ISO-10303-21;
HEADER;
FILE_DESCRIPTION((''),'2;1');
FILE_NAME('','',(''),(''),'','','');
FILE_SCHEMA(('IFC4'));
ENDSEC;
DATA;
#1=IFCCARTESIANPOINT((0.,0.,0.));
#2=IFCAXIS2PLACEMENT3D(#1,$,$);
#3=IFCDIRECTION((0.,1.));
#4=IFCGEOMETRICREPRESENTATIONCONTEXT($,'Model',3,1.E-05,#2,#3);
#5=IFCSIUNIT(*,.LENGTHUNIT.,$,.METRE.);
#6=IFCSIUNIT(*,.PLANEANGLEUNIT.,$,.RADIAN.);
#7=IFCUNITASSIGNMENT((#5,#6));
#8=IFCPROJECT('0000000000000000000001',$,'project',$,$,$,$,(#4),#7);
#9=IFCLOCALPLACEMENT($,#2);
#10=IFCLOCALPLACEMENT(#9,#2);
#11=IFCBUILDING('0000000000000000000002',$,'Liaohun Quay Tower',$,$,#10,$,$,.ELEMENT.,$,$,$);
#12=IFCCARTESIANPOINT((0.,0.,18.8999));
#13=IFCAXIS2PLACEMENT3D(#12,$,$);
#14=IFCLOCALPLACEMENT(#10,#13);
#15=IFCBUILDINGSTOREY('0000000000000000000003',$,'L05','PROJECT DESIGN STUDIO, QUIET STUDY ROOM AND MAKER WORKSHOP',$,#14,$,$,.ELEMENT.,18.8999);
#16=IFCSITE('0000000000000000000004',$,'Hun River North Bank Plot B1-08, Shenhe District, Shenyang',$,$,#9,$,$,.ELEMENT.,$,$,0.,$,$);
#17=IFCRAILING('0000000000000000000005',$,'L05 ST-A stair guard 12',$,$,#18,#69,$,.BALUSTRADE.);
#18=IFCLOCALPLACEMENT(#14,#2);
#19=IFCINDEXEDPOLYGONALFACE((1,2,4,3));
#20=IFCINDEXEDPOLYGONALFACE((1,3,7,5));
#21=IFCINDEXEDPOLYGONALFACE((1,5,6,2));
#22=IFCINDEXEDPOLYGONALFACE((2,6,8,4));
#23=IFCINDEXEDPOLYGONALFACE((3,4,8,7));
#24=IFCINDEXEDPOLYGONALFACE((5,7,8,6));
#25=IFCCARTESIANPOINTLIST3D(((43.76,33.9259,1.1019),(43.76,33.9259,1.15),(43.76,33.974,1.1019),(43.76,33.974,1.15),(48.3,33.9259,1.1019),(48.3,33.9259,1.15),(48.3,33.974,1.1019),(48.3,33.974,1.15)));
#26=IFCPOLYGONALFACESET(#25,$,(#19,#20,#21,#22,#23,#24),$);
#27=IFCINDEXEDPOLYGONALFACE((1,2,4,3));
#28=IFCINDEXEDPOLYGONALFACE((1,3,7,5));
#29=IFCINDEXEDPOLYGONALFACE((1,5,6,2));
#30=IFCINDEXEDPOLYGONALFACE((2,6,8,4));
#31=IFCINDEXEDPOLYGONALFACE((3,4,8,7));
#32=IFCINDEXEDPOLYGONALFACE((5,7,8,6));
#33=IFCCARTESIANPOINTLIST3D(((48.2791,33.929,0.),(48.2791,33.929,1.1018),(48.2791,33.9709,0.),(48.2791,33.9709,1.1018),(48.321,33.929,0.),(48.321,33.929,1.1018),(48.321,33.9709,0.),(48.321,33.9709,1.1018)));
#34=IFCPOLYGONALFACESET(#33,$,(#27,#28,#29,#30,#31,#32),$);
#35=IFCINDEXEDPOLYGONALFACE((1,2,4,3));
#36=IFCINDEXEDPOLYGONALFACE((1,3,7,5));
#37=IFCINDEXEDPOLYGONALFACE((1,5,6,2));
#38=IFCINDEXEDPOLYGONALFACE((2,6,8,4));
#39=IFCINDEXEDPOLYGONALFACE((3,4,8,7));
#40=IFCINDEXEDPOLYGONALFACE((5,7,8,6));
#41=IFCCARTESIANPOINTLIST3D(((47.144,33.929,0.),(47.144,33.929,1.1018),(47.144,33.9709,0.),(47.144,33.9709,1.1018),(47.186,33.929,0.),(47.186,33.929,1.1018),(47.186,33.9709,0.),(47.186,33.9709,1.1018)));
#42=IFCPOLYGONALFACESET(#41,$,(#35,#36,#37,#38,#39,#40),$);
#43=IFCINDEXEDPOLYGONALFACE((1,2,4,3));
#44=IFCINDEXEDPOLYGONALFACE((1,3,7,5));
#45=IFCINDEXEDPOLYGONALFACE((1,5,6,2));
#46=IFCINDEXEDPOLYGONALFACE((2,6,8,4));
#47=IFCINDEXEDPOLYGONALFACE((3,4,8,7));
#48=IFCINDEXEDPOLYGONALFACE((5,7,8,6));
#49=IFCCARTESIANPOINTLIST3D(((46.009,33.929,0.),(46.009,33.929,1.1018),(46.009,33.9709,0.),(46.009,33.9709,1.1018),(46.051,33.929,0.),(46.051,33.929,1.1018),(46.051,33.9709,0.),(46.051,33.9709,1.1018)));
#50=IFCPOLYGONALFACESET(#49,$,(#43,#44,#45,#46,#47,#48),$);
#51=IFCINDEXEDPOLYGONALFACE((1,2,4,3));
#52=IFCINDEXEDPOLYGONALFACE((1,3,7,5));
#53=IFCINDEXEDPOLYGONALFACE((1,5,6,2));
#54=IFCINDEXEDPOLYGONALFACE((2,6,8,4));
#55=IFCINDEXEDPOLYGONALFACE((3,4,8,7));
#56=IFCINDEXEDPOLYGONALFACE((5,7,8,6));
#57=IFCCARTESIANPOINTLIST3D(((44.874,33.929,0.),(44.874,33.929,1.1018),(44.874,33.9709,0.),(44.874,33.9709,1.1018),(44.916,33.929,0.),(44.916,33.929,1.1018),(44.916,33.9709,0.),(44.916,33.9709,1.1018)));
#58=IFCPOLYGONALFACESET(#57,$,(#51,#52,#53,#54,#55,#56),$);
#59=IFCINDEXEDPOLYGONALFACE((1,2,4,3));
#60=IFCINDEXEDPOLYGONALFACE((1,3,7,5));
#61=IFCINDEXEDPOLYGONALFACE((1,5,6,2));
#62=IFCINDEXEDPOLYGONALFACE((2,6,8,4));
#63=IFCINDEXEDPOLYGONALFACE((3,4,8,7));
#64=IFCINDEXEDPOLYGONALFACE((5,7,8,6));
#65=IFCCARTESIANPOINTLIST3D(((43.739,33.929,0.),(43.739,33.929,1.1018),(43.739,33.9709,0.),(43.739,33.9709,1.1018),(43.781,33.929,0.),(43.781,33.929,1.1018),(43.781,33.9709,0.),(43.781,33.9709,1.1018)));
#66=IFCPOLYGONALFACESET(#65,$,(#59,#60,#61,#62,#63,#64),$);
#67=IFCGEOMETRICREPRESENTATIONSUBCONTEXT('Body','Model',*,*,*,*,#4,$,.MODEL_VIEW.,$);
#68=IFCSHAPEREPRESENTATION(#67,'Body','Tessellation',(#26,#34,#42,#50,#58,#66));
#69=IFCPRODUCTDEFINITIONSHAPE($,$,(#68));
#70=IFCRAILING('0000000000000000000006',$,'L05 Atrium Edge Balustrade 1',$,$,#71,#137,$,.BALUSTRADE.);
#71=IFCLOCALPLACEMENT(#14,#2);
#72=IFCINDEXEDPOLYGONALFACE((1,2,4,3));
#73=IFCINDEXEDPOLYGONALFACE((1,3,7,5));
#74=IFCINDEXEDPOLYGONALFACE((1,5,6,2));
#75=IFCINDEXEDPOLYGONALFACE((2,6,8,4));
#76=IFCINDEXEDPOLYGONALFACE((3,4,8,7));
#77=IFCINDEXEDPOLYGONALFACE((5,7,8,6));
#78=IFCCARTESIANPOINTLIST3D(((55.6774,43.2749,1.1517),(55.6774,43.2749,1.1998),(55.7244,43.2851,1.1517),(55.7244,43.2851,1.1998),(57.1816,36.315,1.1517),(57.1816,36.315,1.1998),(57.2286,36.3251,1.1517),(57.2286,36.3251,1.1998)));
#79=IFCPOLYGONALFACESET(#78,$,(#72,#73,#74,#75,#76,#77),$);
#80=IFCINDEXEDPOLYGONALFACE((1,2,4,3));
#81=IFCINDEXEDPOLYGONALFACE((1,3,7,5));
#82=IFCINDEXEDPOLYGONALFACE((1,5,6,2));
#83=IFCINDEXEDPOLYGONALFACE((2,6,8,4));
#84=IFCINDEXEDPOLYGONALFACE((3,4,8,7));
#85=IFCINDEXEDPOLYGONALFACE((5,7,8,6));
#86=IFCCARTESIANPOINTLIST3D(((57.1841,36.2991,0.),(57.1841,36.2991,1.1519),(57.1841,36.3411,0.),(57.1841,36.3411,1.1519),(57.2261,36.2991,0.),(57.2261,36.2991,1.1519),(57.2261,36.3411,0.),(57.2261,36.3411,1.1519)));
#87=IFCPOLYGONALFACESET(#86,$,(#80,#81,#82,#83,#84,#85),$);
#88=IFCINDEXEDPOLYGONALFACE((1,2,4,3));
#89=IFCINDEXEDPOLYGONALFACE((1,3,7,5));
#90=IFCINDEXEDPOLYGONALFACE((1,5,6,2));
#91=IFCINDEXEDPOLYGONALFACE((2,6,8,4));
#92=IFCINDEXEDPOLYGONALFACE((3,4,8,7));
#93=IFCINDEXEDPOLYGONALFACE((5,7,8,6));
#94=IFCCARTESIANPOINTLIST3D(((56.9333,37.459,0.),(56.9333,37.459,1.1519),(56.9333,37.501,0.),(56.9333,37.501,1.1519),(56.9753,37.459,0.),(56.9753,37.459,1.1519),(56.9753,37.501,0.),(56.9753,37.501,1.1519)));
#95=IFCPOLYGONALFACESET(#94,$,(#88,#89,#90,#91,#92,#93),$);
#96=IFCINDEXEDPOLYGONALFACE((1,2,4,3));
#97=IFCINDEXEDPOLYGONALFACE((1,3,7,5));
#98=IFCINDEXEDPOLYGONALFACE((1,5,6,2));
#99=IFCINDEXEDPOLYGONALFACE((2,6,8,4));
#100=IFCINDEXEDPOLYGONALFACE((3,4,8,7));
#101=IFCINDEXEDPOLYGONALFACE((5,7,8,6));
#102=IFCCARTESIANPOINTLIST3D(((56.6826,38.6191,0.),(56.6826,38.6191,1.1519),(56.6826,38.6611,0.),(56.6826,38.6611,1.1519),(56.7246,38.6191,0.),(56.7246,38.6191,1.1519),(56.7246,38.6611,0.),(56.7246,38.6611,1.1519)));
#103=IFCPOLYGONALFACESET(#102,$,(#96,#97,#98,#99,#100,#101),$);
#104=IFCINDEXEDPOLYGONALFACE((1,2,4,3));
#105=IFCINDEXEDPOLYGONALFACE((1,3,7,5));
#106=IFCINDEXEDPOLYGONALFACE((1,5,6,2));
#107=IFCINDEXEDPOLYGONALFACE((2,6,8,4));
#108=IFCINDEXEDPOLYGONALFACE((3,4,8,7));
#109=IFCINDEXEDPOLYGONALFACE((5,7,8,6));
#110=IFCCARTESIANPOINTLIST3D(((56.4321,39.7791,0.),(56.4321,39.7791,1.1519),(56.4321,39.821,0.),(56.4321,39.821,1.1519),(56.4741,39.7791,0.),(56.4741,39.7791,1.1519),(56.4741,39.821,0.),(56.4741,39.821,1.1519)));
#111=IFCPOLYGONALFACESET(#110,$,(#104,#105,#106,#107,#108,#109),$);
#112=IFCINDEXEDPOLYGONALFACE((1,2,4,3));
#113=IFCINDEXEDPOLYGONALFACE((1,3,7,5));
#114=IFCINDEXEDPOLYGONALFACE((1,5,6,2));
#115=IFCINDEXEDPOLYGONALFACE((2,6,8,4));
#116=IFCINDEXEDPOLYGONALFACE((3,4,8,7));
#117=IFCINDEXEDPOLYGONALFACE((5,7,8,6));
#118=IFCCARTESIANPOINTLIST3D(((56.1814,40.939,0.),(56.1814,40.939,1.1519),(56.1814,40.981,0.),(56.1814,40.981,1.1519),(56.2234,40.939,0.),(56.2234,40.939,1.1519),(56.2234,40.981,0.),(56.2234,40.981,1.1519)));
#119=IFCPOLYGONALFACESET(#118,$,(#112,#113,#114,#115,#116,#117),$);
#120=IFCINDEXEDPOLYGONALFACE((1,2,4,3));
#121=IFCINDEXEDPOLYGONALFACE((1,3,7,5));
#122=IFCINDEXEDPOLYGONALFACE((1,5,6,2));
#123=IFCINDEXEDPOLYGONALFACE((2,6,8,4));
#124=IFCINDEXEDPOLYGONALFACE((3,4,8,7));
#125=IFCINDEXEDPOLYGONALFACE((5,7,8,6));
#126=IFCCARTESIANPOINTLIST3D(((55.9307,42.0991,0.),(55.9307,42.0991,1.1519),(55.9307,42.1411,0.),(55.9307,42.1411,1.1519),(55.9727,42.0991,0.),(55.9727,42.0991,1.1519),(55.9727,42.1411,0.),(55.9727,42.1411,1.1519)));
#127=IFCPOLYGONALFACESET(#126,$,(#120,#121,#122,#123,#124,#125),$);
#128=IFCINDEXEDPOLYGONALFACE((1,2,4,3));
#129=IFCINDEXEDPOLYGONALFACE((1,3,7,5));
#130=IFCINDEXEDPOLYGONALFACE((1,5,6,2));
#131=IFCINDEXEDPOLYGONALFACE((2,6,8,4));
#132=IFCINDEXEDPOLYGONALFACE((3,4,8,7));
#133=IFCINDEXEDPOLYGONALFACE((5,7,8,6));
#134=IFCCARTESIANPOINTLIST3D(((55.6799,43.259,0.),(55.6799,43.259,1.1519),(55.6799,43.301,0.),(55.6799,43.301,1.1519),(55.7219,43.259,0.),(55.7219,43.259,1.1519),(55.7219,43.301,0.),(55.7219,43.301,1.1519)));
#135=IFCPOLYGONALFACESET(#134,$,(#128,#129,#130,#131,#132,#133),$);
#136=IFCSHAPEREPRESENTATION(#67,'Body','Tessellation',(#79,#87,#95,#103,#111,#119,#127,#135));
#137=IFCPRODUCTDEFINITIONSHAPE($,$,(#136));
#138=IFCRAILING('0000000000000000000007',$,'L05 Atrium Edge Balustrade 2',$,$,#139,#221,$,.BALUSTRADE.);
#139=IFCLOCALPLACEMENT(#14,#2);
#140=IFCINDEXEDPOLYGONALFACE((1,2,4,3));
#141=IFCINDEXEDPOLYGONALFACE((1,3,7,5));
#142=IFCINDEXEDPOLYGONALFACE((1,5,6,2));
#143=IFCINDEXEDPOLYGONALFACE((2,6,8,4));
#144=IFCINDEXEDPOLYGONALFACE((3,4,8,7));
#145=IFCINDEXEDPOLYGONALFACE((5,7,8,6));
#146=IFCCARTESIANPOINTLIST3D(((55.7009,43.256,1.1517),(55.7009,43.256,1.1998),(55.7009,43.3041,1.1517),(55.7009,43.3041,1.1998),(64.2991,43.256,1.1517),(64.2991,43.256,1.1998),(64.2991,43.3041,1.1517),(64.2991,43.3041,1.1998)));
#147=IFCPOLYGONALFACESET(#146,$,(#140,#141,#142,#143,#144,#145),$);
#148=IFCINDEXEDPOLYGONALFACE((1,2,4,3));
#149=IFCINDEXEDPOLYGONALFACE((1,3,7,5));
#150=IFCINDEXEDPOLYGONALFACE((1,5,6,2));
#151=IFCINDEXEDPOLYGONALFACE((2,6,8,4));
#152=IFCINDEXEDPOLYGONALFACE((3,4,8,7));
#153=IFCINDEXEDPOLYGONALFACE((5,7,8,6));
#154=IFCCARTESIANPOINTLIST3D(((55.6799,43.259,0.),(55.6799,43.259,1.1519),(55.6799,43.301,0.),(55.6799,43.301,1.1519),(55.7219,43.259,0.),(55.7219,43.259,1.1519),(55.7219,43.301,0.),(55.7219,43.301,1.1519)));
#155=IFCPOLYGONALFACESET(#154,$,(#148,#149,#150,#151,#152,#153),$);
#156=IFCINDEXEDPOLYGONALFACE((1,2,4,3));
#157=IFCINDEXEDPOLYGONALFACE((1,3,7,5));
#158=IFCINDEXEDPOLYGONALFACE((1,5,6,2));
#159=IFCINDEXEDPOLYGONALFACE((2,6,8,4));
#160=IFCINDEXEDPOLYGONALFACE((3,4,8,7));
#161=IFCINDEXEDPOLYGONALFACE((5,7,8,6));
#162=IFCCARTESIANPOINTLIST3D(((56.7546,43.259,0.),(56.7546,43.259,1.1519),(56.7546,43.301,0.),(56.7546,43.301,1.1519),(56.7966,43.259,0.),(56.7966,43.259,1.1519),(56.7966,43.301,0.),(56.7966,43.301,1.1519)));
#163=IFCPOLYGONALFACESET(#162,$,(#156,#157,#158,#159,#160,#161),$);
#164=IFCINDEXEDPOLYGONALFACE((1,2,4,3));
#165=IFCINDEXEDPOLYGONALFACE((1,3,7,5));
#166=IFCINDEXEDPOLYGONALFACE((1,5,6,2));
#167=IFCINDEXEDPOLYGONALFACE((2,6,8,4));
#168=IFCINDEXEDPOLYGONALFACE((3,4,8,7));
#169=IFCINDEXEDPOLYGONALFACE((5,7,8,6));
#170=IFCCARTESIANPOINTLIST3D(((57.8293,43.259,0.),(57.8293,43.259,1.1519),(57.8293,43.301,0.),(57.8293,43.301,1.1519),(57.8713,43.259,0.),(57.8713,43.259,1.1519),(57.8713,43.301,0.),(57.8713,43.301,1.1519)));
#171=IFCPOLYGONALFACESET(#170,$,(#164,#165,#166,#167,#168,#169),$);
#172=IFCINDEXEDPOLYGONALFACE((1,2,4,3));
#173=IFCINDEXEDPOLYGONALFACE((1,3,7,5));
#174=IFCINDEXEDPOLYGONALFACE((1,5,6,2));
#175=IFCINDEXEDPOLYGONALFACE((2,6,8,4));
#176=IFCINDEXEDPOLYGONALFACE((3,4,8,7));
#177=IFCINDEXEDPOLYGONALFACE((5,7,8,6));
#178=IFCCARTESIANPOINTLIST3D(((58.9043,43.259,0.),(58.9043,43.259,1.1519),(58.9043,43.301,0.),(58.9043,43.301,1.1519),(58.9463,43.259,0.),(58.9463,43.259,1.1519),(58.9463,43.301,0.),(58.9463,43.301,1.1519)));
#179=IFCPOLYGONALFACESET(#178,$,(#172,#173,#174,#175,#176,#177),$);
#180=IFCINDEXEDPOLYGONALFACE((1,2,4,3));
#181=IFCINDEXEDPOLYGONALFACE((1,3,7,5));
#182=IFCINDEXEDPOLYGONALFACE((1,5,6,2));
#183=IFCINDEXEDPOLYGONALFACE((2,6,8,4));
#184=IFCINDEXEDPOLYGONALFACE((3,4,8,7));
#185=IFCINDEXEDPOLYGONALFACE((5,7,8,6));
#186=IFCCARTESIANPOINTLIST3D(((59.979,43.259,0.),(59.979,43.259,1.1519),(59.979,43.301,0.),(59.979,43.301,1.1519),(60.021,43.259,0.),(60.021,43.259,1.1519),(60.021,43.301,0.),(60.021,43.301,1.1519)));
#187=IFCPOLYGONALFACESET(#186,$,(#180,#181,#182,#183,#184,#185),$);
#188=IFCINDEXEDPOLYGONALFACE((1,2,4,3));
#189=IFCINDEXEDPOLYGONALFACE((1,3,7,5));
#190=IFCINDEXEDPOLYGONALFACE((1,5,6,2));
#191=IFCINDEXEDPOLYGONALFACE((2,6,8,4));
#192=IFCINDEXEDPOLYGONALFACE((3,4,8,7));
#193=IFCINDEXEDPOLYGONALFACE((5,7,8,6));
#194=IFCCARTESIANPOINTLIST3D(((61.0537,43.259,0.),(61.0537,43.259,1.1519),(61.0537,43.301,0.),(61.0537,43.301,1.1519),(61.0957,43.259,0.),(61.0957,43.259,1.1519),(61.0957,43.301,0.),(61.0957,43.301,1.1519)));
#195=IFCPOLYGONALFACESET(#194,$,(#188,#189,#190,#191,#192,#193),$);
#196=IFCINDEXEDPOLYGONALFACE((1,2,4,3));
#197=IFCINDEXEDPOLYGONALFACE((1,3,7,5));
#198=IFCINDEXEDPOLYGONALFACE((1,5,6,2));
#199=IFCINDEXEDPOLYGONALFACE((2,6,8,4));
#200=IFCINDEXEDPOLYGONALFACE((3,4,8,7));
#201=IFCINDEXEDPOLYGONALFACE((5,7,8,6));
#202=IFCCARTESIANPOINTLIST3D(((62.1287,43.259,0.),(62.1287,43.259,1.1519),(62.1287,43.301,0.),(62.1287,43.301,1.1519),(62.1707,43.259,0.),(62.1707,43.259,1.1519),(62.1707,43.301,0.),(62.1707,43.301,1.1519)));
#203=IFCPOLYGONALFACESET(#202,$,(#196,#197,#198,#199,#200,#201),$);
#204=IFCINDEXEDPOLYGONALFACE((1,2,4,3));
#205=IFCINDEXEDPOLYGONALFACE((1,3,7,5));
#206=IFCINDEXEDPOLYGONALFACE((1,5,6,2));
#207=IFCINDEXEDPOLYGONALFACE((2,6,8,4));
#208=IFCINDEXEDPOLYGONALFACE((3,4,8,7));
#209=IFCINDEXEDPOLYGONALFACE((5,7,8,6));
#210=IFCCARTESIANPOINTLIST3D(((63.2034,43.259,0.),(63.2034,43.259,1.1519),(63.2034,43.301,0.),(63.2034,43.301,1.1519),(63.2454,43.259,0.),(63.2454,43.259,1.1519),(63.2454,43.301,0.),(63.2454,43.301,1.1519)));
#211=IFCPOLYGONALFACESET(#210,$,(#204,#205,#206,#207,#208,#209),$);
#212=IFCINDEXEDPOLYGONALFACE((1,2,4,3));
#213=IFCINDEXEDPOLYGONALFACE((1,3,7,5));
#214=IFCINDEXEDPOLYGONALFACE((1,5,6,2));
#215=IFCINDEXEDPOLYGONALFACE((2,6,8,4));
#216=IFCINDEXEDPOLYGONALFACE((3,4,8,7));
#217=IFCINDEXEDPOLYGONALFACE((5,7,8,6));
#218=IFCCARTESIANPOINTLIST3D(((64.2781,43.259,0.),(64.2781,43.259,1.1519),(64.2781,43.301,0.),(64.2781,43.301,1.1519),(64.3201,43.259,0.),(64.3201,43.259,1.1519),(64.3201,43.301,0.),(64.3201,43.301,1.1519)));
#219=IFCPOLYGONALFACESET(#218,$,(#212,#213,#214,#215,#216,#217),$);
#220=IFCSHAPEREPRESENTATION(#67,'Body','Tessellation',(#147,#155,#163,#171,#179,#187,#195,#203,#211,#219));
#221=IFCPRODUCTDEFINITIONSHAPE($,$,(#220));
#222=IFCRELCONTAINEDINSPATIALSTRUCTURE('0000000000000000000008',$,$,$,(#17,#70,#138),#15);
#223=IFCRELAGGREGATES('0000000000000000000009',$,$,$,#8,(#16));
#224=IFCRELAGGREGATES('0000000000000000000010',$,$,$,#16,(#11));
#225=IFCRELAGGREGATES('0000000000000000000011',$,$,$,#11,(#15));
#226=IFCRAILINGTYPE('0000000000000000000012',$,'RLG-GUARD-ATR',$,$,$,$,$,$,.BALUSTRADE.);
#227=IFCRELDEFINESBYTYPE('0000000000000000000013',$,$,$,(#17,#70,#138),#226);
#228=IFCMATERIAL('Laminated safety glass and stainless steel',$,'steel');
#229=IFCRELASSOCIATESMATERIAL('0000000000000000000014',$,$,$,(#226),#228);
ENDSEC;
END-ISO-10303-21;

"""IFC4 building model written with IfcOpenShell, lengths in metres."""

from ifc_helpers import new_model, si_unit, direction, frame, origin, origin_2d, place, context, subcontext, project, spatial, rectangle, extrude, material, type_object, element, save


model = new_model("IFC4")

# Units and contexts
model_context = context("Model", 3, precision=1e-05, world=origin(), true_north=direction((0.0, 1.0)))
body_context = subcontext(model_context, "Body", "Model", "MODEL_VIEW")
ifc_project = project(units=[si_unit("LENGTHUNIT", "METRE"), si_unit("PLANEANGLEUNIT", "RADIAN")], contexts=[model_context])

# Site, building, storey
site_placement = place(None, origin())
site = spatial("IfcSite", under=ifc_project, at=site_placement, Name="Hun River North Bank Plot B1-08, Shenhe District, Shenyang", CompositionType="ELEMENT", RefElevation=0.0)
building_placement = place(site_placement, origin())
building = spatial("IfcBuilding", under=site, at=building_placement, Name="Liaohun Quay Tower", CompositionType="ELEMENT")
storey_placement = place(building_placement, frame((0.0, 0.0, 18.8999)))
storey = spatial("IfcBuildingStorey", under=building, at=storey_placement, Name="L05", Description="PROJECT DESIGN STUDIO, QUIET STUDY ROOM AND MAKER WORKSHOP", CompositionType="ELEMENT", Elevation=18.8999)

# Railings
ifc_material_1 = material(Name="Laminated safety glass and stainless steel", Category="steel")
railing_type_1 = type_object("IfcRailingType", Name="RLG-GUARD-ATR", PredefinedType="BALUSTRADE", material=ifc_material_1)
railing_1_placement = place(storey_placement, frame((48.3, 33.95, 0.0)))
element("IfcRailing", 1, at=railing_1_placement, inside=storey, type_object=railing_type_1, Name="L05 ST-A stair guard 12", PredefinedType="BALUSTRADE", context=body_context, shape_type="SweptSolid", body=[
    extrude(rectangle(XDim=0.0481, YDim=0.0481, at=origin_2d()), frame((0.0, 0.0, 1.126), z_axis=(-1.0, 0.0, 0.0), x_axis=(0.0, -1.0, 0.0)), (0.0, 0.0, 1.0), 4.54),
    extrude(rectangle(XDim=0.042, YDim=0.042, at=origin_2d()), origin(), (0.0, 0.0, 1.0), 1.1018),
    extrude(rectangle(XDim=0.042, YDim=0.042, at=origin_2d()), frame((-1.135, 0.0, 0.0)), (0.0, 0.0, 1.0), 1.1018),
    extrude(rectangle(XDim=0.042, YDim=0.042, at=origin_2d()), frame((-2.27, 0.0, 0.0)), (0.0, 0.0, 1.0), 1.1018),
    extrude(rectangle(XDim=0.042, YDim=0.042, at=origin_2d()), frame((-3.405, 0.0, 0.0)), (0.0, 0.0, 1.0), 1.1018),
    extrude(rectangle(XDim=0.042, YDim=0.042, at=origin_2d()), frame((-4.54, 0.0, 0.0)), (0.0, 0.0, 1.0), 1.1018),
])
railing_2_placement = place(storey_placement, frame((57.2051, 36.3201, 0.0)))
element("IfcRailing", 2, at=railing_2_placement, inside=storey, type_object=railing_type_1, Name="L05 Atrium Edge Balustrade 1", PredefinedType="BALUSTRADE", context=body_context, shape_type="SweptSolid", body=[
    extrude(rectangle(XDim=0.0481, YDim=0.0481, at=origin_2d()), frame((0.0, 0.0, 1.1758), z_axis=(-0.211238, 0.977435, 0.0), x_axis=(-0.977435, -0.211238, 0.0)), (0.0, 0.0, 1.0), 7.1206),
    extrude(rectangle(XDim=0.042, YDim=0.042, at=origin_2d()), origin(), (0.0, 0.0, 1.0), 1.1519),
    extrude(rectangle(XDim=0.042, YDim=0.042, at=origin_2d()), frame((-0.2507, 1.1599, 0.0)), (0.0, 0.0, 1.0), 1.1519),
    extrude(rectangle(XDim=0.042, YDim=0.042, at=origin_2d()), frame((-0.5015, 2.3201, 0.0)), (0.0, 0.0, 1.0), 1.1519),
    extrude(rectangle(XDim=0.042, YDim=0.042, at=origin_2d()), frame((-0.752, 3.48, 0.0)), (0.0, 0.0, 1.0), 1.1519),
    extrude(rectangle(XDim=0.042, YDim=0.042, at=origin_2d()), frame((-1.0027, 4.6399, 0.0)), (0.0, 0.0, 1.0), 1.1519),
    extrude(rectangle(XDim=0.042, YDim=0.042, at=origin_2d()), frame((-1.2534, 5.8, 0.0)), (0.0, 0.0, 1.0), 1.1519),
    extrude(rectangle(XDim=0.042, YDim=0.042, at=origin_2d()), frame((-1.5042, 6.96, 0.0)), (0.0, 0.0, 1.0), 1.1519),
])
railing_3_placement = place(storey_placement, frame((55.7009, 43.28, 0.0)))
element("IfcRailing", 3, at=railing_3_placement, inside=storey, type_object=railing_type_1, Name="L05 Atrium Edge Balustrade 2", PredefinedType="BALUSTRADE", context=body_context, shape_type="SweptSolid", body=[
    extrude(rectangle(XDim=0.0481, YDim=0.0481, at=origin_2d()), frame((0.0, 0.0, 1.1758), z_axis=(1.0, 0.0, 0.0), x_axis=(0.0, 1.0, 0.0)), (0.0, 0.0, 1.0), 8.5981),
    extrude(rectangle(XDim=0.042, YDim=0.042, at=origin_2d()), origin(), (0.0, 0.0, 1.0), 1.1519),
    extrude(rectangle(XDim=0.042, YDim=0.042, at=origin_2d()), frame((1.0747, 0.0, 0.0)), (0.0, 0.0, 1.0), 1.1519),
    extrude(rectangle(XDim=0.042, YDim=0.042, at=origin_2d()), frame((2.1494, 0.0, 0.0)), (0.0, 0.0, 1.0), 1.1519),
    extrude(rectangle(XDim=0.042, YDim=0.042, at=origin_2d()), frame((3.2244, 0.0, 0.0)), (0.0, 0.0, 1.0), 1.1519),
    extrude(rectangle(XDim=0.042, YDim=0.042, at=origin_2d()), frame((4.2991, 0.0, 0.0)), (0.0, 0.0, 1.0), 1.1519),
    extrude(rectangle(XDim=0.042, YDim=0.042, at=origin_2d()), frame((5.3738, 0.0, 0.0)), (0.0, 0.0, 1.0), 1.1519),
    extrude(rectangle(XDim=0.042, YDim=0.042, at=origin_2d()), frame((6.4487, 0.0, 0.0)), (0.0, 0.0, 1.0), 1.1519),
    extrude(rectangle(XDim=0.042, YDim=0.042, at=origin_2d()), frame((7.5234, 0.0, 0.0)), (0.0, 0.0, 1.0), 1.1519),
    extrude(rectangle(XDim=0.042, YDim=0.042, at=origin_2d()), frame((8.5981, 0.0, 0.0)), (0.0, 0.0, 1.0), 1.1519),
])

save(model, "model.ifc")
